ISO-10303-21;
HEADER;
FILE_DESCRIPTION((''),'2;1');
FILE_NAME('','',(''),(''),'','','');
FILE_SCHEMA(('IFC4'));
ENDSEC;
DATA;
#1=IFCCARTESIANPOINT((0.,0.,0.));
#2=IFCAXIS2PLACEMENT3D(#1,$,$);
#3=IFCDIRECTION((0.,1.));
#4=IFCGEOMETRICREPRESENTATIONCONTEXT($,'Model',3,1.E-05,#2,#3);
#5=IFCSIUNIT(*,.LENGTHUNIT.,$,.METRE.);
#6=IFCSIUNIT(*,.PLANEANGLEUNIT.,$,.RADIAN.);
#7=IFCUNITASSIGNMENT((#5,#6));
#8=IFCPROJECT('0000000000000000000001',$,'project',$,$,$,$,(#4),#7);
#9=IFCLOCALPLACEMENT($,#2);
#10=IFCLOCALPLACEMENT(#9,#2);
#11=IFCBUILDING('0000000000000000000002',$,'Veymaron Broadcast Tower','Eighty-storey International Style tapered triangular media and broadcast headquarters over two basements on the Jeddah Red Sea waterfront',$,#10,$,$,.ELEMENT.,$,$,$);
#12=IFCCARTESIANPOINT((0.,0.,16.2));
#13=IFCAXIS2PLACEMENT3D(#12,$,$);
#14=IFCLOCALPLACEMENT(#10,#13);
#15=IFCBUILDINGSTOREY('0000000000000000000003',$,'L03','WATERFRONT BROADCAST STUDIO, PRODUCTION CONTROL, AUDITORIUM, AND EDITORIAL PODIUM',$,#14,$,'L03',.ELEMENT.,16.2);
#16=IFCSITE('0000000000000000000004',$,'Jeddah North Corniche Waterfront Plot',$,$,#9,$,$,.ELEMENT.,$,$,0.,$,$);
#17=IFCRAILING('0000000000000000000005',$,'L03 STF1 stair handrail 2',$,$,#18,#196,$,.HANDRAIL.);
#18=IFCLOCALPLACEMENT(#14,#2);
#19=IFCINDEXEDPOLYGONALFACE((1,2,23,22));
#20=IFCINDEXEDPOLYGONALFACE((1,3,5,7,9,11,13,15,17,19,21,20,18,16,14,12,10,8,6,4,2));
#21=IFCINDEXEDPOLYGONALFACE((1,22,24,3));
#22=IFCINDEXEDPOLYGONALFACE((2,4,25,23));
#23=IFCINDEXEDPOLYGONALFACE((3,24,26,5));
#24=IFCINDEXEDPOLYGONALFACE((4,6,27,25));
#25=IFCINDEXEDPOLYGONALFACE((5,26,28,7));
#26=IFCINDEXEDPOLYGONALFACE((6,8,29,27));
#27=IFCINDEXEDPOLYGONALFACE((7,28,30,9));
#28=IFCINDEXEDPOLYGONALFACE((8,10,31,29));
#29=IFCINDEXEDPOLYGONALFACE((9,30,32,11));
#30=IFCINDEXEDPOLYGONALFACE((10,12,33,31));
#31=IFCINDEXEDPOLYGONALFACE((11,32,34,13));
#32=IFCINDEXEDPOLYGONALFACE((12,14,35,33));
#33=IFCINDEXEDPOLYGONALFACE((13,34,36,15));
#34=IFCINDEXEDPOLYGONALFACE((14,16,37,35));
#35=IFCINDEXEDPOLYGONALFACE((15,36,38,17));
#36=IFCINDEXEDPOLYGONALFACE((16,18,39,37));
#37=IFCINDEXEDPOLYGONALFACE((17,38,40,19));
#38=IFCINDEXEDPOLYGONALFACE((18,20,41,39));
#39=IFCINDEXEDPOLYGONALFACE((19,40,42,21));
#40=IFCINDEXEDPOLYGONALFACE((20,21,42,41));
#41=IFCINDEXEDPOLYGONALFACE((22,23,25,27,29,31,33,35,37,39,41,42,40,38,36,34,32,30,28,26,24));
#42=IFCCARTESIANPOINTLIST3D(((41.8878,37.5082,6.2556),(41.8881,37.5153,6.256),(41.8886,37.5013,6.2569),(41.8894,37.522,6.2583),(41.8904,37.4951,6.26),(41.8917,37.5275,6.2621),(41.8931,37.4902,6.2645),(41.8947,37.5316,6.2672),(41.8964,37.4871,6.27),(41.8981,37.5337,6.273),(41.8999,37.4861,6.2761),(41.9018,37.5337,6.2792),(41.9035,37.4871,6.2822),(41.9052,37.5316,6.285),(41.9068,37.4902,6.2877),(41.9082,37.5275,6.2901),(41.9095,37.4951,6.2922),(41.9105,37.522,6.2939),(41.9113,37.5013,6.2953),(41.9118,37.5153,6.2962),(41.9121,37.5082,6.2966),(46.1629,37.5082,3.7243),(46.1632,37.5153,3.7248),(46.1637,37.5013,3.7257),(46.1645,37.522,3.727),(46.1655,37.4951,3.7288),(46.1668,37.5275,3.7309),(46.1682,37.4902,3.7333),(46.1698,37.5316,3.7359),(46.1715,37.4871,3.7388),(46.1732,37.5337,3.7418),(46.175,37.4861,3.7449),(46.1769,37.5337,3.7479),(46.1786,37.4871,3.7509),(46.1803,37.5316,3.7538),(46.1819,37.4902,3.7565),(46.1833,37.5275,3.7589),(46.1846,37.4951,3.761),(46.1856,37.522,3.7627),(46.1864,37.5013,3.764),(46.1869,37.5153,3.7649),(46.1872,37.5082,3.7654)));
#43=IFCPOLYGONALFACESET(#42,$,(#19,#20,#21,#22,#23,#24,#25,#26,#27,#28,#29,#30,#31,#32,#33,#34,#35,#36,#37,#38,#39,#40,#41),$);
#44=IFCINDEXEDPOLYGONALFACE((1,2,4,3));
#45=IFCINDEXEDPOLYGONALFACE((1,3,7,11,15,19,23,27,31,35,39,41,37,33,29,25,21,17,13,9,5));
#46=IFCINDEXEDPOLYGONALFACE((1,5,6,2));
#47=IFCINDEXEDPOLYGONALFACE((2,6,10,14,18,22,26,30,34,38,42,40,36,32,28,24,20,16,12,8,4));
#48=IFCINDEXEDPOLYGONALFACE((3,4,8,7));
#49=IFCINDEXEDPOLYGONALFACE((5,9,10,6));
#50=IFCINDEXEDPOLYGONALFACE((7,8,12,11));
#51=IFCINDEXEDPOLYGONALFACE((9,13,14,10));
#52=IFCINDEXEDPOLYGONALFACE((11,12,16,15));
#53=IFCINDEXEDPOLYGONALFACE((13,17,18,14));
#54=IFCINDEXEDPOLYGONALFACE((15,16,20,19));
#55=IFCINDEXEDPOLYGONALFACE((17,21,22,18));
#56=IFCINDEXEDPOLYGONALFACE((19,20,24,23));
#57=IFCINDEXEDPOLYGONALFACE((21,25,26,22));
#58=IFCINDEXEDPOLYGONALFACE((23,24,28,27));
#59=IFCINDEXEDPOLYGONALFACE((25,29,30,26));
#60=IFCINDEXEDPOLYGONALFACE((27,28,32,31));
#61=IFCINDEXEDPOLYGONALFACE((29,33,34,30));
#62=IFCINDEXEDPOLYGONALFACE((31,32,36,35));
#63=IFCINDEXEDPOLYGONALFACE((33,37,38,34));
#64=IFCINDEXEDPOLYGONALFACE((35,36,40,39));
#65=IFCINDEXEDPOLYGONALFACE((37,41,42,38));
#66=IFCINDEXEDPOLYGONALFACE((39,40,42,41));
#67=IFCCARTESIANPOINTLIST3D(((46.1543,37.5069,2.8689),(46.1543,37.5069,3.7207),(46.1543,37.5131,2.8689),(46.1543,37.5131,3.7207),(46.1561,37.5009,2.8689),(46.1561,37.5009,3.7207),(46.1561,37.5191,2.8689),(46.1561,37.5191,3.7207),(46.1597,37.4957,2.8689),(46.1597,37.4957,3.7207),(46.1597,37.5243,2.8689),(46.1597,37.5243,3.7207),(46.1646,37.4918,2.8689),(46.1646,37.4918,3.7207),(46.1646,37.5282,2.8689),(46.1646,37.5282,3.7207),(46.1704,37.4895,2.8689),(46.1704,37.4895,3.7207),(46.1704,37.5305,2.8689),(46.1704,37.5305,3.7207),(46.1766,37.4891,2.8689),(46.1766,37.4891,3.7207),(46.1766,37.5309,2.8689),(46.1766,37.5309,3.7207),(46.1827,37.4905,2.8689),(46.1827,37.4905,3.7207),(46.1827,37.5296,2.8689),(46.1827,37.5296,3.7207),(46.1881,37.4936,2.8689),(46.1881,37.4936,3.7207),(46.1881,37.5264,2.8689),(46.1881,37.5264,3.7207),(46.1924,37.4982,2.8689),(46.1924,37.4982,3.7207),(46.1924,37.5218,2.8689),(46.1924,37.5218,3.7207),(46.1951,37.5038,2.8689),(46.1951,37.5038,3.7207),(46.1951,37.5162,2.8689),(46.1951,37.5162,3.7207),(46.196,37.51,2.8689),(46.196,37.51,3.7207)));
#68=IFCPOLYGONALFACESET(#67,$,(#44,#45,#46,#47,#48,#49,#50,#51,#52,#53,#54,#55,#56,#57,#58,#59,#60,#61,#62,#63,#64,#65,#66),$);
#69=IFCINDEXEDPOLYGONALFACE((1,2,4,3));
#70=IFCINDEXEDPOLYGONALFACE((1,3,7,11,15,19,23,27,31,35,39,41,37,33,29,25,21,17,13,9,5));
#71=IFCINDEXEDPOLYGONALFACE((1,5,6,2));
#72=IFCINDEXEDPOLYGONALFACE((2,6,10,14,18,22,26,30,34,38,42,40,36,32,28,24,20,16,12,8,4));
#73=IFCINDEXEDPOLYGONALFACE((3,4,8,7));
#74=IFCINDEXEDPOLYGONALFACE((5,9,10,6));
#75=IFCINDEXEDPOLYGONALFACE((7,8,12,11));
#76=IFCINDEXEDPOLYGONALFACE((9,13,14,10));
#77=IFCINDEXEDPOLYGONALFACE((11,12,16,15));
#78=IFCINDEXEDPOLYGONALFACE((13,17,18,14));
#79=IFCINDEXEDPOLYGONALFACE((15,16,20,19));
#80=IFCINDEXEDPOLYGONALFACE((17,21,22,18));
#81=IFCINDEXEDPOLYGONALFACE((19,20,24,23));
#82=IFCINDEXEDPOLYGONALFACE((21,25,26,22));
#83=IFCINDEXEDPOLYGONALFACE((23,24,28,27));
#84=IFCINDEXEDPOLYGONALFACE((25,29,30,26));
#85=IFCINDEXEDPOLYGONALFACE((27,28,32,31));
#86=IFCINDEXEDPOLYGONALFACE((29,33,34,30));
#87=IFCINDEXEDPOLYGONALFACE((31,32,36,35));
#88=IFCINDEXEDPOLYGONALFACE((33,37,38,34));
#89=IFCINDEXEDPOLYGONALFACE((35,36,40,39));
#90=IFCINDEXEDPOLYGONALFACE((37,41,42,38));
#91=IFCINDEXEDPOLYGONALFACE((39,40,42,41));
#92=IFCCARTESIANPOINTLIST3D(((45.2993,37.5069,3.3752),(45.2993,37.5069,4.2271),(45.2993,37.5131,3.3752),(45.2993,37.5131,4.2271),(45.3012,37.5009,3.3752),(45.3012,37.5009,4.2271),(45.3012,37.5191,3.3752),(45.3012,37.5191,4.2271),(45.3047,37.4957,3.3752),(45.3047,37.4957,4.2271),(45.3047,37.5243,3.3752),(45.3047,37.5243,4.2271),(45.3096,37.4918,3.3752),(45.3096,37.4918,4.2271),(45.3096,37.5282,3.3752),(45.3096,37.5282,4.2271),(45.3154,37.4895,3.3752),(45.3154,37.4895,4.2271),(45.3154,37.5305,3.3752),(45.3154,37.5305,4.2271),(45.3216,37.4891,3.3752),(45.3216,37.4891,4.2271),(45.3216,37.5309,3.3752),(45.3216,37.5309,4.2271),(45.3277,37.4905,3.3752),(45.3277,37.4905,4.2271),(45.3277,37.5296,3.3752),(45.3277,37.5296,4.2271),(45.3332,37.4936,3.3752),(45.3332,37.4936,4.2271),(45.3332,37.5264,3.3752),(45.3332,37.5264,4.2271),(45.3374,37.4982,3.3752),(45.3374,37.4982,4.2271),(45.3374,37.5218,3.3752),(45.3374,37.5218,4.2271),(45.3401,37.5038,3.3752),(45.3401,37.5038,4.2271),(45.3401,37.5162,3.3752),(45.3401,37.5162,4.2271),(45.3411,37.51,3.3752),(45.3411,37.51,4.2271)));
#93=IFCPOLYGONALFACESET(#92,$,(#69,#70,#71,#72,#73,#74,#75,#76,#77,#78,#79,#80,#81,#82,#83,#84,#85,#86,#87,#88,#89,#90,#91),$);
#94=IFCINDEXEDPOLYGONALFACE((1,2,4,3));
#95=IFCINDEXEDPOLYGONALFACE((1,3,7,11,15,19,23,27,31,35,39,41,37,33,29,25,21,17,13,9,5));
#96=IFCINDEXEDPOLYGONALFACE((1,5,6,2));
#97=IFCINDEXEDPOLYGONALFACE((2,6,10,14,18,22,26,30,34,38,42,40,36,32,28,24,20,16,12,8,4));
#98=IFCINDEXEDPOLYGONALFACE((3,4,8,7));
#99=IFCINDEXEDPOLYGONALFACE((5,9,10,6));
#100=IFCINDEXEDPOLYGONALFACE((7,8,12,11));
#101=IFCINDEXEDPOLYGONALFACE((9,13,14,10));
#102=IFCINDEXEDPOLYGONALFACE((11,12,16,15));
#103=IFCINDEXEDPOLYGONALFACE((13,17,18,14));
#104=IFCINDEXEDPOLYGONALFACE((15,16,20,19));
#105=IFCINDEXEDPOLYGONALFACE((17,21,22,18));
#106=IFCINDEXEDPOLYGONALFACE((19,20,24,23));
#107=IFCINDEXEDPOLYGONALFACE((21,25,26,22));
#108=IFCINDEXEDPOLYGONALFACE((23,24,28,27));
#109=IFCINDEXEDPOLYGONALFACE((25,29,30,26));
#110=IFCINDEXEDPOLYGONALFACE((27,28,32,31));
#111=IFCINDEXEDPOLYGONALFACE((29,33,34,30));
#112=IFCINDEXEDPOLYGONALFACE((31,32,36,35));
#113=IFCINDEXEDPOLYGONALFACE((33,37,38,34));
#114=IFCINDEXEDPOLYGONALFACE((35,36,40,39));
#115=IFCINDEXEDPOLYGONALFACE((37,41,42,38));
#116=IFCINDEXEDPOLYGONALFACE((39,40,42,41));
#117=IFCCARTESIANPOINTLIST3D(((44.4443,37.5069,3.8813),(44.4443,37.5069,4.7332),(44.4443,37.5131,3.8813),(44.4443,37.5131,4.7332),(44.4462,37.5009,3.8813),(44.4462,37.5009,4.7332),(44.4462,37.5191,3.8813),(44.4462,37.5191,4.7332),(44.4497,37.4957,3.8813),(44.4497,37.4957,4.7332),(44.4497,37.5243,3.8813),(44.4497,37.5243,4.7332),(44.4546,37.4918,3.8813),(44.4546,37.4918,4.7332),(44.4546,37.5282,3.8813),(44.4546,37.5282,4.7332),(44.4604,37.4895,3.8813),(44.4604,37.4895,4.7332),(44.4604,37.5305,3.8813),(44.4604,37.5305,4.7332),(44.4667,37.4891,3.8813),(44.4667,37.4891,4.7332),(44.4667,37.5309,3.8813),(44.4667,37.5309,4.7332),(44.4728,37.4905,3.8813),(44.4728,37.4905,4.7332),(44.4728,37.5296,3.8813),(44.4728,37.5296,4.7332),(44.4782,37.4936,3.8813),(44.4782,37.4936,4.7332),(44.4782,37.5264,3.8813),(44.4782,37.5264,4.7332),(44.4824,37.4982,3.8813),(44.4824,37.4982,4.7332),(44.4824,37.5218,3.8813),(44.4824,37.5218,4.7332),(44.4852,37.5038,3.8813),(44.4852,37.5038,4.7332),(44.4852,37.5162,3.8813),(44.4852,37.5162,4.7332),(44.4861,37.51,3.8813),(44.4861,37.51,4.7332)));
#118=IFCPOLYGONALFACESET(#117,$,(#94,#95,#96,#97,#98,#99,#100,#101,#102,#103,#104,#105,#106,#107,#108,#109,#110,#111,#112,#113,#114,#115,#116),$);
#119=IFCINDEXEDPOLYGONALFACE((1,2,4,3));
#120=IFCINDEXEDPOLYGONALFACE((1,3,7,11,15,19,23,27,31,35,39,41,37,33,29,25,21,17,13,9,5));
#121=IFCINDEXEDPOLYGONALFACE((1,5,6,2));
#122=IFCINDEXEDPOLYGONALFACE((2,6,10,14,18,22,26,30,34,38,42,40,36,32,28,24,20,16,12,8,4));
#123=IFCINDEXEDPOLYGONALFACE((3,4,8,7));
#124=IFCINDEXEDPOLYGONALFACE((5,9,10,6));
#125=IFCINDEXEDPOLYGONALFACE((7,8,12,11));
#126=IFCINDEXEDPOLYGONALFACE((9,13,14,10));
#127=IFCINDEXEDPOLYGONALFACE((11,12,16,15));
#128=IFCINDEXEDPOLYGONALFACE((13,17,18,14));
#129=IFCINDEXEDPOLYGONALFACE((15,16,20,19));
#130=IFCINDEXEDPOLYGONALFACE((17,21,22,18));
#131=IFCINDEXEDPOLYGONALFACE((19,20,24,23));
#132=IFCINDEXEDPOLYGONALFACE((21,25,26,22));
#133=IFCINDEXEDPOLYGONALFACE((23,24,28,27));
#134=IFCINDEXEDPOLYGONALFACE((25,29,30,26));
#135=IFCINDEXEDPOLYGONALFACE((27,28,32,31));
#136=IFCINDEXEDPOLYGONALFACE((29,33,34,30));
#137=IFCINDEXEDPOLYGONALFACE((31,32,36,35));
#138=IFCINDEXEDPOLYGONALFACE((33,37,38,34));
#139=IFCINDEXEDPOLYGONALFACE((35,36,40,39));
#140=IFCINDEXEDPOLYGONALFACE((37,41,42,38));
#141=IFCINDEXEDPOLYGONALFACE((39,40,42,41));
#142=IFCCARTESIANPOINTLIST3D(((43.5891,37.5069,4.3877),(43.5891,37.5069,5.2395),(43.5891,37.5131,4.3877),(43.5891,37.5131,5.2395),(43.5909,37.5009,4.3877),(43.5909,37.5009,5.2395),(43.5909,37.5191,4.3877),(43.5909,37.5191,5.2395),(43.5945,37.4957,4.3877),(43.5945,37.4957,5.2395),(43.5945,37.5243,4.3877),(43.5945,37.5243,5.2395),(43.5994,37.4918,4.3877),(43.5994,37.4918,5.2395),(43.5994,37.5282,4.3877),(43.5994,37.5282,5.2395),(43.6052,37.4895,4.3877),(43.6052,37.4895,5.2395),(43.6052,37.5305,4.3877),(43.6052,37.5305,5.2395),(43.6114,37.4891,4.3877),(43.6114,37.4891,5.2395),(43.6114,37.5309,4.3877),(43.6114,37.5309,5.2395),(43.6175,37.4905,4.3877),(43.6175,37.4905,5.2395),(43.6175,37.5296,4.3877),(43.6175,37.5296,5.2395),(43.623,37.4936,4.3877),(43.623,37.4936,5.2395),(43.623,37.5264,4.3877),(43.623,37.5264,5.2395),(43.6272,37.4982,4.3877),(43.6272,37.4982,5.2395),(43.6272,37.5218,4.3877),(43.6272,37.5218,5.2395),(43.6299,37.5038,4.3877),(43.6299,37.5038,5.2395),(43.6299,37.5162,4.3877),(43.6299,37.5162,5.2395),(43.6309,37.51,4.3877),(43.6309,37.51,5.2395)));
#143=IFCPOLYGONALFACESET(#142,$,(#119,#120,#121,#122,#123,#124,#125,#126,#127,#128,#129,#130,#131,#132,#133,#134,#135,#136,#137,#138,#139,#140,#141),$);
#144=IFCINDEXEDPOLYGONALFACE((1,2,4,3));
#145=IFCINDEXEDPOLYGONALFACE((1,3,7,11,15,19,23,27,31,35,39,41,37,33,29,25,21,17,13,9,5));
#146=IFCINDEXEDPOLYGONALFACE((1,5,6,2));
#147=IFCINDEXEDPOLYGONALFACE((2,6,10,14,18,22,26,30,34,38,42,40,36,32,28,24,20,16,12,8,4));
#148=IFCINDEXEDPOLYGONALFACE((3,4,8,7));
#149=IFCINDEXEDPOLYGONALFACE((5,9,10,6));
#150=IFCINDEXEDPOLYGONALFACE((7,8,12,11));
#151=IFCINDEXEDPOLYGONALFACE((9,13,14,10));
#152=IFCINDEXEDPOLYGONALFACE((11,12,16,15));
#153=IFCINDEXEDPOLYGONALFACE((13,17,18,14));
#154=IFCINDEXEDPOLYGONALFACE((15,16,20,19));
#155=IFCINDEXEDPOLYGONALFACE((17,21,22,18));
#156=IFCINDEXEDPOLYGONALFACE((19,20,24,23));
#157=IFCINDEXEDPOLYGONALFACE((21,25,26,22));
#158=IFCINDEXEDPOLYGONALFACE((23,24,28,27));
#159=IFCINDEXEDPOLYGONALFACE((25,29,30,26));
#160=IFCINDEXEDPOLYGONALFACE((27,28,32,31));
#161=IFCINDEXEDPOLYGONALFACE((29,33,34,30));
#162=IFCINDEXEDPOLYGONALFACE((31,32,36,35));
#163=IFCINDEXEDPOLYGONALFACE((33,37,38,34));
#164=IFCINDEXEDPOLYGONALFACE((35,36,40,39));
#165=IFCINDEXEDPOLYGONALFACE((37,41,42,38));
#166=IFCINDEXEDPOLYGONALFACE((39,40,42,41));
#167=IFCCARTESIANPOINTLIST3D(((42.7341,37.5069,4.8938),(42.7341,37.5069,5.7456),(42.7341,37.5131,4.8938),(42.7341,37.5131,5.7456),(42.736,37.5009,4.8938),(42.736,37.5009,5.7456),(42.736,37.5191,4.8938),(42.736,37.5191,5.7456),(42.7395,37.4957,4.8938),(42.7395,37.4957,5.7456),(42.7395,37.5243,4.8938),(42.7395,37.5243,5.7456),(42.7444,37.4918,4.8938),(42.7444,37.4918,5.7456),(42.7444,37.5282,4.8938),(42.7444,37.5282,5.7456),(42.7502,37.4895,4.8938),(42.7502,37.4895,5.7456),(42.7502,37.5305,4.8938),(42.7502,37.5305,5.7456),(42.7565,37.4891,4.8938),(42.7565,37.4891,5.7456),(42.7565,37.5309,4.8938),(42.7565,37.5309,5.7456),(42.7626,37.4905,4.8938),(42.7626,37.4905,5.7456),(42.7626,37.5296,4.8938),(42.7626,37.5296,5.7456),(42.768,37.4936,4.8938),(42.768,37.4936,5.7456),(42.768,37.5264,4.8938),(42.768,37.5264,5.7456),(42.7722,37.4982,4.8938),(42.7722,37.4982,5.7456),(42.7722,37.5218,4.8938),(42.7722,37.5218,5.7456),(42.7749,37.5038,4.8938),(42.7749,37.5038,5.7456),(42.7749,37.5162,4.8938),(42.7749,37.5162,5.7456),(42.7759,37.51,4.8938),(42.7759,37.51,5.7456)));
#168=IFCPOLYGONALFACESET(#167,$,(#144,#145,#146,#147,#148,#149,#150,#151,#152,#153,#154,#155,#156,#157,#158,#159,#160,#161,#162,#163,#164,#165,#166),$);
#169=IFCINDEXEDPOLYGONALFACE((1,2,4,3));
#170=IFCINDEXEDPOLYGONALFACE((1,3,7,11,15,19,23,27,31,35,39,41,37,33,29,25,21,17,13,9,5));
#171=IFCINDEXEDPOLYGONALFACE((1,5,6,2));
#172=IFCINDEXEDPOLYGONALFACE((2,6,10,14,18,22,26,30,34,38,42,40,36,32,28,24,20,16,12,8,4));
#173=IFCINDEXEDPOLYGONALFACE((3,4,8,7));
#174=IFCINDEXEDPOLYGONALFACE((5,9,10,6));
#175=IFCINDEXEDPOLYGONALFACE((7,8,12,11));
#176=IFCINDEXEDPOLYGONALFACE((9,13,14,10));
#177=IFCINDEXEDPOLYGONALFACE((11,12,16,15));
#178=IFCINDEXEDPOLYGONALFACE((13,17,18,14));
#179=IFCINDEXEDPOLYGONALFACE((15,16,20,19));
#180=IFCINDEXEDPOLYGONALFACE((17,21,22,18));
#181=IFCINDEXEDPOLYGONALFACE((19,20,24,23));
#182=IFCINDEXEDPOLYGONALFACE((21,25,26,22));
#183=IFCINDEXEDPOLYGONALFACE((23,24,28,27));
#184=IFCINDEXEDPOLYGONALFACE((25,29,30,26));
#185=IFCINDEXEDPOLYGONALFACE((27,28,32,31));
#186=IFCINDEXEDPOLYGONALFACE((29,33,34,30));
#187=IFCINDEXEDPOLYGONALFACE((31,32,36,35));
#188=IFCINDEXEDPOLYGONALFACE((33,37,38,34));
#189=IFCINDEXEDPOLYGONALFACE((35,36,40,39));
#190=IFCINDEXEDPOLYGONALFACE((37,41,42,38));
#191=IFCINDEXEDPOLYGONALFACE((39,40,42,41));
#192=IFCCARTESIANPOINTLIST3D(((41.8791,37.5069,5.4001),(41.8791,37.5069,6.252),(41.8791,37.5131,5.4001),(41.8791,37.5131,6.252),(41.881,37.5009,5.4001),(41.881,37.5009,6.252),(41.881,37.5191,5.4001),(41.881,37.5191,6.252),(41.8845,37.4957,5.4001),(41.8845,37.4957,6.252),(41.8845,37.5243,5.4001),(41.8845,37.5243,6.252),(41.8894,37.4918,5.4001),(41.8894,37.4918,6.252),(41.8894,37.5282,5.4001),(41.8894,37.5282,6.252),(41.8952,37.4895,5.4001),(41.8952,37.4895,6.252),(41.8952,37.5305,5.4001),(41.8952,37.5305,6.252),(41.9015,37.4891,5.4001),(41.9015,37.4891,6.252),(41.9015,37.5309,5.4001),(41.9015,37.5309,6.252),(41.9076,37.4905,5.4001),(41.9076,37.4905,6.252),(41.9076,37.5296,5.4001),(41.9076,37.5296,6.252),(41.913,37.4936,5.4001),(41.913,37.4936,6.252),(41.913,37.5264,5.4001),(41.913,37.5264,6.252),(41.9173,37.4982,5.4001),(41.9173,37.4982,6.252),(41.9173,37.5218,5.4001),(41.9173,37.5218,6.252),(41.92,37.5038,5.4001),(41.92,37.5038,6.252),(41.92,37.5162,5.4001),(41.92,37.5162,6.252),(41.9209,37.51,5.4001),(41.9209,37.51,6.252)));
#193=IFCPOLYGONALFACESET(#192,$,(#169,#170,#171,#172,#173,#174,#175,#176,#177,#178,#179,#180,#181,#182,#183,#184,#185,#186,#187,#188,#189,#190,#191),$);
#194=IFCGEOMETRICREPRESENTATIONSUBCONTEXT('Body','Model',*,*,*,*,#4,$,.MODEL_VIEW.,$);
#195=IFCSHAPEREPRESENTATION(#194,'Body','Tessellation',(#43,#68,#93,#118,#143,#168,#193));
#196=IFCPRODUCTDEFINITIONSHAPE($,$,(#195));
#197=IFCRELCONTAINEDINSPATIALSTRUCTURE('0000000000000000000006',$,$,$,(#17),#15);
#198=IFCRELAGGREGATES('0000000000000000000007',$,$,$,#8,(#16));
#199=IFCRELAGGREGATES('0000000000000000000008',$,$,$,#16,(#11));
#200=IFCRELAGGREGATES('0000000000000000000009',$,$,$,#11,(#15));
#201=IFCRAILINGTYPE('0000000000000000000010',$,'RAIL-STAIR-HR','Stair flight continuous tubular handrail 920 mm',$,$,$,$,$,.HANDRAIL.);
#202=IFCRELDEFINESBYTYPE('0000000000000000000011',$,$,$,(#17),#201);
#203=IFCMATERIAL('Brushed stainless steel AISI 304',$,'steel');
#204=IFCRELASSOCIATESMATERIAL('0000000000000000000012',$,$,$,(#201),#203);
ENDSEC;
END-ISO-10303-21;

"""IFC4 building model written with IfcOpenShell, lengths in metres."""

from ifc_helpers import new_model, si_unit, direction, frame, origin, origin_2d, place, context, subcontext, project, spatial, circle, extrude, material, type_object, element, save


model = new_model("IFC4")

# Units and contexts
model_context = context("Model", 3, precision=1e-05, world=origin(), true_north=direction((0.0, 1.0)))
body_context = subcontext(model_context, "Body", "Model", "MODEL_VIEW")
ifc_project = project(units=[si_unit("LENGTHUNIT", "METRE"), si_unit("PLANEANGLEUNIT", "RADIAN")], contexts=[model_context])

# Site, building, storey
site_placement = place(None, origin())
site = spatial("IfcSite", under=ifc_project, at=site_placement, Name="Jeddah North Corniche Waterfront Plot", CompositionType="ELEMENT", RefElevation=0.0)
building_placement = place(site_placement, origin())
building = spatial("IfcBuilding", under=site, at=building_placement, Name="Veymaron Broadcast Tower", Description="Eighty-storey International Style tapered triangular media and broadcast headquarters over two basements on the Jeddah Red Sea waterfront", CompositionType="ELEMENT")
storey_placement = place(building_placement, frame((0.0, 0.0, 16.2)))
storey = spatial("IfcBuildingStorey", under=building, at=storey_placement, Name="L03", Description="WATERFRONT BROADCAST STUDIO, PRODUCTION CONTROL, AUDITORIUM, AND EDITORIAL PODIUM", LongName="L03", CompositionType="ELEMENT", Elevation=16.2)

# Railing
ifc_material_1 = material(Name="Brushed stainless steel AISI 304", Category="steel")
railing_type_1 = type_object("IfcRailingType", Name="RAIL-STAIR-HR", Description="Stair flight continuous tubular handrail 920 mm", PredefinedType="HANDRAIL", material=ifc_material_1)
railing_1_placement = place(storey_placement, frame((46.175, 37.51, 2.8689)))
element("IfcRailing", 1, at=railing_1_placement, inside=storey, type_object=railing_type_1, Name="L03 STF1 stair handrail 2", PredefinedType="HANDRAIL", context=body_context, shape_type="SweptSolid", body=[
    extrude(circle(Radius=0.0239, at=origin_2d()), frame((0.0, 0.0, 0.876), z_axis=(-0.860483, 0.0, 0.509479), x_axis=(0.0, -1.0, 0.0)), (0.0, 0.0, 1.0), 4.9683),
    extrude(circle(Radius=0.021, at=origin_2d()), origin(), (0.0, 0.0, 1.0), 0.8518),
    extrude(circle(Radius=0.021, at=origin_2d()), frame((-0.855, 0.0, 0.5063)), (0.0, 0.0, 1.0), 0.8518),
    extrude(circle(Radius=0.021, at=origin_2d()), frame((-1.71, 0.0, 1.0125)), (0.0, 0.0, 1.0), 0.8518),
    extrude(circle(Radius=0.021, at=origin_2d()), frame((-2.5652, 0.0, 1.5188)), (0.0, 0.0, 1.0), 0.8518),
    extrude(circle(Radius=0.021, at=origin_2d()), frame((-3.4202, 0.0, 2.0249)), (0.0, 0.0, 1.0), 0.8518),
    extrude(circle(Radius=0.021, at=origin_2d()), frame((-4.2751, 0.0, 2.5312)), (0.0, 0.0, 1.0), 0.8518),
])

save(model, "model.ifc")
